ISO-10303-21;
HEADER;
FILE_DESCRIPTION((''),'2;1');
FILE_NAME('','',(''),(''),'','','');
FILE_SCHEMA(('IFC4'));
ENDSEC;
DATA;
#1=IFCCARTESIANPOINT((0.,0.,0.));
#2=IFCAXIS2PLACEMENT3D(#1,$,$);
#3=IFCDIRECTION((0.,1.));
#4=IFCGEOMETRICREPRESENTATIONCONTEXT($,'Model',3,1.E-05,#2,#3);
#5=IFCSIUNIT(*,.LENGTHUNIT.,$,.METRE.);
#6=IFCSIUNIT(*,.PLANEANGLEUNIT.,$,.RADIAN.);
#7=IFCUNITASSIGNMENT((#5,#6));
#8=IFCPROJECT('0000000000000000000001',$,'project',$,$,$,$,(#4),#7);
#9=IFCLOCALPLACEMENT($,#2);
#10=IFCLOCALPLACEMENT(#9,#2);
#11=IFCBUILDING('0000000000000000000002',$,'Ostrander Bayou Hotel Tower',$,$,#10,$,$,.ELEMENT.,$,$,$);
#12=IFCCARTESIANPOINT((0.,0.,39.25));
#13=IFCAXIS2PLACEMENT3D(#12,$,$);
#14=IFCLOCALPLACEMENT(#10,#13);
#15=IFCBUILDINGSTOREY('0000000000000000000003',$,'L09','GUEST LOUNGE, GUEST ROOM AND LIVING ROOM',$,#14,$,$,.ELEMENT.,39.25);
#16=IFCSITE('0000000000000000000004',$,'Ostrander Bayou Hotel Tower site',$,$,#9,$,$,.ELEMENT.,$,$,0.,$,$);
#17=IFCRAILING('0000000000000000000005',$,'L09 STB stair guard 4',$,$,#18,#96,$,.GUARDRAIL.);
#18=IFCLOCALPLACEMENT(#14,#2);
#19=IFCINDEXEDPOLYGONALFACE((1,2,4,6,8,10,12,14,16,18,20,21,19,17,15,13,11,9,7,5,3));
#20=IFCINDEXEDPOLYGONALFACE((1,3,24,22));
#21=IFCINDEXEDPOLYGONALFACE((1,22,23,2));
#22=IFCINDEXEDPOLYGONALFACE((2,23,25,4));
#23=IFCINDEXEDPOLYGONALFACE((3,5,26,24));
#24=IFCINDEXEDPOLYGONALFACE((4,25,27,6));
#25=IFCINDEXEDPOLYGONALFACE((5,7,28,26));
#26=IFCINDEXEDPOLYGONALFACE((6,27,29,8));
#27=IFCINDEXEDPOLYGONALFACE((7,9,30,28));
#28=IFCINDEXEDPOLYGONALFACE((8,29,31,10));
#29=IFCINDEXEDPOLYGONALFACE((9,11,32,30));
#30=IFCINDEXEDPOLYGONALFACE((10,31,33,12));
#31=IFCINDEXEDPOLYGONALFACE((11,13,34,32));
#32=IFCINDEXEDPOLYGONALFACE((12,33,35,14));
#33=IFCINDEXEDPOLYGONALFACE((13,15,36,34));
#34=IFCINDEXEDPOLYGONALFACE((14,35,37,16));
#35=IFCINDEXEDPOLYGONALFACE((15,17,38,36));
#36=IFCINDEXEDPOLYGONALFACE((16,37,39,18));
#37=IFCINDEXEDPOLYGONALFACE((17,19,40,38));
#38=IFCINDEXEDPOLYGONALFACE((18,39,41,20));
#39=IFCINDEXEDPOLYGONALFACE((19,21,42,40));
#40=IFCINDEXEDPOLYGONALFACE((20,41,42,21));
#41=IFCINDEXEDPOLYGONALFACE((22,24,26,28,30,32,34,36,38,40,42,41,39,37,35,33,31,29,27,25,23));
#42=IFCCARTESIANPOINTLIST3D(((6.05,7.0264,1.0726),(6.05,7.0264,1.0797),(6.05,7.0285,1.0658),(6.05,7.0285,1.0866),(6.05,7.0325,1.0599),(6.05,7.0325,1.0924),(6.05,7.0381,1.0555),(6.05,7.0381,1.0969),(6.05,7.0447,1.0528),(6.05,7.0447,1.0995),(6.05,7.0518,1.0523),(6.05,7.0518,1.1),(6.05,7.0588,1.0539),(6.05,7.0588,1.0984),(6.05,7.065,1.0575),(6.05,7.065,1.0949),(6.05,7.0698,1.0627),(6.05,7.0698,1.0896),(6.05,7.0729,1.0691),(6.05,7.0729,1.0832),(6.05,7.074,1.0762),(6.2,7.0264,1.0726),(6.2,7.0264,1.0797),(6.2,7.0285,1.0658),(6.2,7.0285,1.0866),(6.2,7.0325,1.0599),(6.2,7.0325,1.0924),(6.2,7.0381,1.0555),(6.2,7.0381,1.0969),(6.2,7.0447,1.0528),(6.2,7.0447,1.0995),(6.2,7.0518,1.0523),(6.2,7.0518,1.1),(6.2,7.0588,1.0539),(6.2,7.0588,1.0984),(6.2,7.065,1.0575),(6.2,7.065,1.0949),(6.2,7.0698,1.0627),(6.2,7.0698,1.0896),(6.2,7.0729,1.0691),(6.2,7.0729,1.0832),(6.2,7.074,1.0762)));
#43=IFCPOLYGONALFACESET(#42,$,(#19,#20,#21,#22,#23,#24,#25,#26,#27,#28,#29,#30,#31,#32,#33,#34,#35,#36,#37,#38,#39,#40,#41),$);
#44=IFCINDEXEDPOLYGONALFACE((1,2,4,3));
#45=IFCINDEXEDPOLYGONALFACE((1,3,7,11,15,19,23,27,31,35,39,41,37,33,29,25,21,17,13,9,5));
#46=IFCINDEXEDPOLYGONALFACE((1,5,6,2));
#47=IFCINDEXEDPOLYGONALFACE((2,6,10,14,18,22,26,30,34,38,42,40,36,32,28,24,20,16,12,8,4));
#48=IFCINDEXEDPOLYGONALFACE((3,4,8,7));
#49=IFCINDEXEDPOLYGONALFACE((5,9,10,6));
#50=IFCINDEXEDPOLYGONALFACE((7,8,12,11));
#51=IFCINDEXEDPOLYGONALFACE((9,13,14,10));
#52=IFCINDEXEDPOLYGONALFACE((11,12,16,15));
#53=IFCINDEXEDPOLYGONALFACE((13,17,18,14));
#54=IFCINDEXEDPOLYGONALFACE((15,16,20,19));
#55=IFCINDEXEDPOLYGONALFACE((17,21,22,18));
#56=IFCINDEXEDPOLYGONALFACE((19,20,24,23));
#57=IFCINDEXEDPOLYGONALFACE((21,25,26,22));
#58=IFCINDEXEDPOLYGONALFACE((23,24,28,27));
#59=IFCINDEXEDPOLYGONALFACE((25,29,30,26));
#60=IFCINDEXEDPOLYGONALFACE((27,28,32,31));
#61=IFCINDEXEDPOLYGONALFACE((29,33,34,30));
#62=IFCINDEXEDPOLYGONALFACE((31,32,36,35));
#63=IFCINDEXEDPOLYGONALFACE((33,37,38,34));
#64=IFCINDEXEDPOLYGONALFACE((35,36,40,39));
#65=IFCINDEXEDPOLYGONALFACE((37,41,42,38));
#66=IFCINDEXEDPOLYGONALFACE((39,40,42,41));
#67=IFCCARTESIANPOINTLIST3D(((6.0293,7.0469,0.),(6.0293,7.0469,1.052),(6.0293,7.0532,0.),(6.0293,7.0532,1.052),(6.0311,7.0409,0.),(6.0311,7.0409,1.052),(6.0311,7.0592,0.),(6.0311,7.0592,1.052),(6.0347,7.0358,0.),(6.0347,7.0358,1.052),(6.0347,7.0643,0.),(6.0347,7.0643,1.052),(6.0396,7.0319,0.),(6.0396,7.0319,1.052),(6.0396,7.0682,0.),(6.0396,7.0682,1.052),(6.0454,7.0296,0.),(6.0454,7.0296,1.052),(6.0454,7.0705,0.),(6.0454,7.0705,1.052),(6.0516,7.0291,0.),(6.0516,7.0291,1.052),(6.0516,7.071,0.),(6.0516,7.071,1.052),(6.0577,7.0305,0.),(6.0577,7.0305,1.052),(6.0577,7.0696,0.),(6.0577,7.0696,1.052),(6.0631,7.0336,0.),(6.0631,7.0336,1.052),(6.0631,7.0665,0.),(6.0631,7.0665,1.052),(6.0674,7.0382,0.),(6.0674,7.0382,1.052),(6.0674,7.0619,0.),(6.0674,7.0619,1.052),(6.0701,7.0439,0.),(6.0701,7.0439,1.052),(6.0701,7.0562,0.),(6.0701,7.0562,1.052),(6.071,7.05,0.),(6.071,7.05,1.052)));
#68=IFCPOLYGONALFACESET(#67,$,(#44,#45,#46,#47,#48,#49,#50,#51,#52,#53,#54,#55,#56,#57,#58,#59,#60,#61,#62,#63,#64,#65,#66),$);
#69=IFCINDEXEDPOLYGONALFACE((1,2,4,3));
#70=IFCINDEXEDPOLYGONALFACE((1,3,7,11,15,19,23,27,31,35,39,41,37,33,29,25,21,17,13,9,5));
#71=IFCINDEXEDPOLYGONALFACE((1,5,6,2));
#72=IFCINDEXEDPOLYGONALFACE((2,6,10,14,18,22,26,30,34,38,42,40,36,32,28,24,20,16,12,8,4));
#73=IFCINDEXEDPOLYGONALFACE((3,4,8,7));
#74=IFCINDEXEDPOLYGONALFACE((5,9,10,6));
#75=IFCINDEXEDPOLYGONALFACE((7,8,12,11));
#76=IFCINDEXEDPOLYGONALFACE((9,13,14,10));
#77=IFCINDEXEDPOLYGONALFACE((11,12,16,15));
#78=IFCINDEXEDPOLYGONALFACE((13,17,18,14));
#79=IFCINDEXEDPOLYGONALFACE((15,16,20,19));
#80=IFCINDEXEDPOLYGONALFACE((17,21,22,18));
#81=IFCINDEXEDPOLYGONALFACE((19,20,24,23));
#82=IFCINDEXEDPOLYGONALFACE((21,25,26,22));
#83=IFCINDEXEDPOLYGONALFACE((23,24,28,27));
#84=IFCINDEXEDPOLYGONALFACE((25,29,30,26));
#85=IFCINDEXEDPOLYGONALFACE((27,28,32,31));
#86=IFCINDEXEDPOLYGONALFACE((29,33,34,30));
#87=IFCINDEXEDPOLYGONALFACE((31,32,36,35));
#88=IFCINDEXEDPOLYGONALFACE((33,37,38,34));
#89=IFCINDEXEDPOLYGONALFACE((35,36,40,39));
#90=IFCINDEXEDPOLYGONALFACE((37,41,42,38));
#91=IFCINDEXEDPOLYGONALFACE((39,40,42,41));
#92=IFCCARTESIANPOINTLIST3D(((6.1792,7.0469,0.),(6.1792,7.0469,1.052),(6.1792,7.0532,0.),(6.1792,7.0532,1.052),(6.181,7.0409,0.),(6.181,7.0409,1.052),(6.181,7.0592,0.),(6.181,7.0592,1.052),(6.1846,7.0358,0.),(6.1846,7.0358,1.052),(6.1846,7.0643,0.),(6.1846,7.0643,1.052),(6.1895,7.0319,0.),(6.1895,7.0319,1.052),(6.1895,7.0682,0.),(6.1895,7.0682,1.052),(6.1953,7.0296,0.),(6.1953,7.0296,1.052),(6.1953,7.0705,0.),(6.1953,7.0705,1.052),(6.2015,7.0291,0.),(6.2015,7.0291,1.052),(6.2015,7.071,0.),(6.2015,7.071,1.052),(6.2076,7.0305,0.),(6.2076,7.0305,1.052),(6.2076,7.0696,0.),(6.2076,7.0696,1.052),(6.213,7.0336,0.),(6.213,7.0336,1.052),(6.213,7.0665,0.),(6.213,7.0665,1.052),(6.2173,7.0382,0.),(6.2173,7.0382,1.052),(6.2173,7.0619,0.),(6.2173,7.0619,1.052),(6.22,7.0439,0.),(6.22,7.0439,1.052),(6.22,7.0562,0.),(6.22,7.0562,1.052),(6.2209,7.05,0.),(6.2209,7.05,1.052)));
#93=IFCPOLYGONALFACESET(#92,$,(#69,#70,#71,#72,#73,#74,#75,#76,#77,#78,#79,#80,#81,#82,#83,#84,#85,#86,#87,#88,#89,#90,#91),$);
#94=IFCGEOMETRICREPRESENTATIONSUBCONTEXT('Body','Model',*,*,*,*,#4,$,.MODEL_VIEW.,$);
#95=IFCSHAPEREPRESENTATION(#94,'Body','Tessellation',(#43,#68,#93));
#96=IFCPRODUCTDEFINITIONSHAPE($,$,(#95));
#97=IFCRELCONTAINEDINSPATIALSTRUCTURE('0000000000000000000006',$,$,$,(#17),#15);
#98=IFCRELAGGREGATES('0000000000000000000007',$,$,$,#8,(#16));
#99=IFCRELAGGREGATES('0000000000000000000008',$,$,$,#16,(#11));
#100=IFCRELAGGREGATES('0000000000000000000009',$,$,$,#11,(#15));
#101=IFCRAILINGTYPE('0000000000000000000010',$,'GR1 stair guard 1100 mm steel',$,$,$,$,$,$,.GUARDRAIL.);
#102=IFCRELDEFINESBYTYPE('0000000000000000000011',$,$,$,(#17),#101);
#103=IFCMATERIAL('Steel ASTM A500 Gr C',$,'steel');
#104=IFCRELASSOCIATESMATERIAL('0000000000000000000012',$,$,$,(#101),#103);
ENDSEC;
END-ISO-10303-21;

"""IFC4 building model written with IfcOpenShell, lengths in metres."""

from ifc_helpers import new_model, si_unit, direction, frame, origin, origin_2d, place, context, subcontext, project, spatial, circle, extrude, material, type_object, element, save


model = new_model("IFC4")

# Units and contexts
model_context = context("Model", 3, precision=1e-05, world=origin(), true_north=direction((0.0, 1.0)))
body_context = subcontext(model_context, "Body", "Model", "MODEL_VIEW")
ifc_project = project(units=[si_unit("LENGTHUNIT", "METRE"), si_unit("PLANEANGLEUNIT", "RADIAN")], contexts=[model_context])

# Site, building, storey
site_placement = place(None, origin())
site = spatial("IfcSite", under=ifc_project, at=site_placement, Name="Ostrander Bayou Hotel Tower site", CompositionType="ELEMENT", RefElevation=0.0)
building_placement = place(site_placement, origin())
building = spatial("IfcBuilding", under=site, at=building_placement, Name="Ostrander Bayou Hotel Tower", CompositionType="ELEMENT")
storey_placement = place(building_placement, frame((0.0, 0.0, 39.25)))
storey = spatial("IfcBuildingStorey", under=building, at=storey_placement, Name="L09", Description="GUEST LOUNGE, GUEST ROOM AND LIVING ROOM", CompositionType="ELEMENT", Elevation=39.25)

# Railing
ifc_material_1 = material(Name="Steel ASTM A500 Gr C", Category="steel")
railing_type_1 = type_object("IfcRailingType", Name="GR1 stair guard 1100 mm steel", PredefinedType="GUARDRAIL", material=ifc_material_1)
railing_1_placement = place(storey_placement, frame((6.05, 7.05, 0.0)))
element("IfcRailing", 1, at=railing_1_placement, inside=storey, type_object=railing_type_1, Name="L09 STB stair guard 4", PredefinedType="GUARDRAIL", context=body_context, shape_type="SweptSolid", body=[
    extrude(circle(Radius=0.0239, at=origin_2d()), frame((0.0, 0.0, 1.0762), z_axis=(1.0, 0.0, 0.0), x_axis=(0.0, 1.0, 0.0)), (0.0, 0.0, 1.0), 0.1499),
    extrude(circle(Radius=0.021, at=origin_2d()), origin(), (0.0, 0.0, 1.0), 1.052),
    extrude(circle(Radius=0.021, at=origin_2d()), frame((0.1499, 0.0, 0.0)), (0.0, 0.0, 1.0), 1.052),
])

save(model, "model.ifc")
